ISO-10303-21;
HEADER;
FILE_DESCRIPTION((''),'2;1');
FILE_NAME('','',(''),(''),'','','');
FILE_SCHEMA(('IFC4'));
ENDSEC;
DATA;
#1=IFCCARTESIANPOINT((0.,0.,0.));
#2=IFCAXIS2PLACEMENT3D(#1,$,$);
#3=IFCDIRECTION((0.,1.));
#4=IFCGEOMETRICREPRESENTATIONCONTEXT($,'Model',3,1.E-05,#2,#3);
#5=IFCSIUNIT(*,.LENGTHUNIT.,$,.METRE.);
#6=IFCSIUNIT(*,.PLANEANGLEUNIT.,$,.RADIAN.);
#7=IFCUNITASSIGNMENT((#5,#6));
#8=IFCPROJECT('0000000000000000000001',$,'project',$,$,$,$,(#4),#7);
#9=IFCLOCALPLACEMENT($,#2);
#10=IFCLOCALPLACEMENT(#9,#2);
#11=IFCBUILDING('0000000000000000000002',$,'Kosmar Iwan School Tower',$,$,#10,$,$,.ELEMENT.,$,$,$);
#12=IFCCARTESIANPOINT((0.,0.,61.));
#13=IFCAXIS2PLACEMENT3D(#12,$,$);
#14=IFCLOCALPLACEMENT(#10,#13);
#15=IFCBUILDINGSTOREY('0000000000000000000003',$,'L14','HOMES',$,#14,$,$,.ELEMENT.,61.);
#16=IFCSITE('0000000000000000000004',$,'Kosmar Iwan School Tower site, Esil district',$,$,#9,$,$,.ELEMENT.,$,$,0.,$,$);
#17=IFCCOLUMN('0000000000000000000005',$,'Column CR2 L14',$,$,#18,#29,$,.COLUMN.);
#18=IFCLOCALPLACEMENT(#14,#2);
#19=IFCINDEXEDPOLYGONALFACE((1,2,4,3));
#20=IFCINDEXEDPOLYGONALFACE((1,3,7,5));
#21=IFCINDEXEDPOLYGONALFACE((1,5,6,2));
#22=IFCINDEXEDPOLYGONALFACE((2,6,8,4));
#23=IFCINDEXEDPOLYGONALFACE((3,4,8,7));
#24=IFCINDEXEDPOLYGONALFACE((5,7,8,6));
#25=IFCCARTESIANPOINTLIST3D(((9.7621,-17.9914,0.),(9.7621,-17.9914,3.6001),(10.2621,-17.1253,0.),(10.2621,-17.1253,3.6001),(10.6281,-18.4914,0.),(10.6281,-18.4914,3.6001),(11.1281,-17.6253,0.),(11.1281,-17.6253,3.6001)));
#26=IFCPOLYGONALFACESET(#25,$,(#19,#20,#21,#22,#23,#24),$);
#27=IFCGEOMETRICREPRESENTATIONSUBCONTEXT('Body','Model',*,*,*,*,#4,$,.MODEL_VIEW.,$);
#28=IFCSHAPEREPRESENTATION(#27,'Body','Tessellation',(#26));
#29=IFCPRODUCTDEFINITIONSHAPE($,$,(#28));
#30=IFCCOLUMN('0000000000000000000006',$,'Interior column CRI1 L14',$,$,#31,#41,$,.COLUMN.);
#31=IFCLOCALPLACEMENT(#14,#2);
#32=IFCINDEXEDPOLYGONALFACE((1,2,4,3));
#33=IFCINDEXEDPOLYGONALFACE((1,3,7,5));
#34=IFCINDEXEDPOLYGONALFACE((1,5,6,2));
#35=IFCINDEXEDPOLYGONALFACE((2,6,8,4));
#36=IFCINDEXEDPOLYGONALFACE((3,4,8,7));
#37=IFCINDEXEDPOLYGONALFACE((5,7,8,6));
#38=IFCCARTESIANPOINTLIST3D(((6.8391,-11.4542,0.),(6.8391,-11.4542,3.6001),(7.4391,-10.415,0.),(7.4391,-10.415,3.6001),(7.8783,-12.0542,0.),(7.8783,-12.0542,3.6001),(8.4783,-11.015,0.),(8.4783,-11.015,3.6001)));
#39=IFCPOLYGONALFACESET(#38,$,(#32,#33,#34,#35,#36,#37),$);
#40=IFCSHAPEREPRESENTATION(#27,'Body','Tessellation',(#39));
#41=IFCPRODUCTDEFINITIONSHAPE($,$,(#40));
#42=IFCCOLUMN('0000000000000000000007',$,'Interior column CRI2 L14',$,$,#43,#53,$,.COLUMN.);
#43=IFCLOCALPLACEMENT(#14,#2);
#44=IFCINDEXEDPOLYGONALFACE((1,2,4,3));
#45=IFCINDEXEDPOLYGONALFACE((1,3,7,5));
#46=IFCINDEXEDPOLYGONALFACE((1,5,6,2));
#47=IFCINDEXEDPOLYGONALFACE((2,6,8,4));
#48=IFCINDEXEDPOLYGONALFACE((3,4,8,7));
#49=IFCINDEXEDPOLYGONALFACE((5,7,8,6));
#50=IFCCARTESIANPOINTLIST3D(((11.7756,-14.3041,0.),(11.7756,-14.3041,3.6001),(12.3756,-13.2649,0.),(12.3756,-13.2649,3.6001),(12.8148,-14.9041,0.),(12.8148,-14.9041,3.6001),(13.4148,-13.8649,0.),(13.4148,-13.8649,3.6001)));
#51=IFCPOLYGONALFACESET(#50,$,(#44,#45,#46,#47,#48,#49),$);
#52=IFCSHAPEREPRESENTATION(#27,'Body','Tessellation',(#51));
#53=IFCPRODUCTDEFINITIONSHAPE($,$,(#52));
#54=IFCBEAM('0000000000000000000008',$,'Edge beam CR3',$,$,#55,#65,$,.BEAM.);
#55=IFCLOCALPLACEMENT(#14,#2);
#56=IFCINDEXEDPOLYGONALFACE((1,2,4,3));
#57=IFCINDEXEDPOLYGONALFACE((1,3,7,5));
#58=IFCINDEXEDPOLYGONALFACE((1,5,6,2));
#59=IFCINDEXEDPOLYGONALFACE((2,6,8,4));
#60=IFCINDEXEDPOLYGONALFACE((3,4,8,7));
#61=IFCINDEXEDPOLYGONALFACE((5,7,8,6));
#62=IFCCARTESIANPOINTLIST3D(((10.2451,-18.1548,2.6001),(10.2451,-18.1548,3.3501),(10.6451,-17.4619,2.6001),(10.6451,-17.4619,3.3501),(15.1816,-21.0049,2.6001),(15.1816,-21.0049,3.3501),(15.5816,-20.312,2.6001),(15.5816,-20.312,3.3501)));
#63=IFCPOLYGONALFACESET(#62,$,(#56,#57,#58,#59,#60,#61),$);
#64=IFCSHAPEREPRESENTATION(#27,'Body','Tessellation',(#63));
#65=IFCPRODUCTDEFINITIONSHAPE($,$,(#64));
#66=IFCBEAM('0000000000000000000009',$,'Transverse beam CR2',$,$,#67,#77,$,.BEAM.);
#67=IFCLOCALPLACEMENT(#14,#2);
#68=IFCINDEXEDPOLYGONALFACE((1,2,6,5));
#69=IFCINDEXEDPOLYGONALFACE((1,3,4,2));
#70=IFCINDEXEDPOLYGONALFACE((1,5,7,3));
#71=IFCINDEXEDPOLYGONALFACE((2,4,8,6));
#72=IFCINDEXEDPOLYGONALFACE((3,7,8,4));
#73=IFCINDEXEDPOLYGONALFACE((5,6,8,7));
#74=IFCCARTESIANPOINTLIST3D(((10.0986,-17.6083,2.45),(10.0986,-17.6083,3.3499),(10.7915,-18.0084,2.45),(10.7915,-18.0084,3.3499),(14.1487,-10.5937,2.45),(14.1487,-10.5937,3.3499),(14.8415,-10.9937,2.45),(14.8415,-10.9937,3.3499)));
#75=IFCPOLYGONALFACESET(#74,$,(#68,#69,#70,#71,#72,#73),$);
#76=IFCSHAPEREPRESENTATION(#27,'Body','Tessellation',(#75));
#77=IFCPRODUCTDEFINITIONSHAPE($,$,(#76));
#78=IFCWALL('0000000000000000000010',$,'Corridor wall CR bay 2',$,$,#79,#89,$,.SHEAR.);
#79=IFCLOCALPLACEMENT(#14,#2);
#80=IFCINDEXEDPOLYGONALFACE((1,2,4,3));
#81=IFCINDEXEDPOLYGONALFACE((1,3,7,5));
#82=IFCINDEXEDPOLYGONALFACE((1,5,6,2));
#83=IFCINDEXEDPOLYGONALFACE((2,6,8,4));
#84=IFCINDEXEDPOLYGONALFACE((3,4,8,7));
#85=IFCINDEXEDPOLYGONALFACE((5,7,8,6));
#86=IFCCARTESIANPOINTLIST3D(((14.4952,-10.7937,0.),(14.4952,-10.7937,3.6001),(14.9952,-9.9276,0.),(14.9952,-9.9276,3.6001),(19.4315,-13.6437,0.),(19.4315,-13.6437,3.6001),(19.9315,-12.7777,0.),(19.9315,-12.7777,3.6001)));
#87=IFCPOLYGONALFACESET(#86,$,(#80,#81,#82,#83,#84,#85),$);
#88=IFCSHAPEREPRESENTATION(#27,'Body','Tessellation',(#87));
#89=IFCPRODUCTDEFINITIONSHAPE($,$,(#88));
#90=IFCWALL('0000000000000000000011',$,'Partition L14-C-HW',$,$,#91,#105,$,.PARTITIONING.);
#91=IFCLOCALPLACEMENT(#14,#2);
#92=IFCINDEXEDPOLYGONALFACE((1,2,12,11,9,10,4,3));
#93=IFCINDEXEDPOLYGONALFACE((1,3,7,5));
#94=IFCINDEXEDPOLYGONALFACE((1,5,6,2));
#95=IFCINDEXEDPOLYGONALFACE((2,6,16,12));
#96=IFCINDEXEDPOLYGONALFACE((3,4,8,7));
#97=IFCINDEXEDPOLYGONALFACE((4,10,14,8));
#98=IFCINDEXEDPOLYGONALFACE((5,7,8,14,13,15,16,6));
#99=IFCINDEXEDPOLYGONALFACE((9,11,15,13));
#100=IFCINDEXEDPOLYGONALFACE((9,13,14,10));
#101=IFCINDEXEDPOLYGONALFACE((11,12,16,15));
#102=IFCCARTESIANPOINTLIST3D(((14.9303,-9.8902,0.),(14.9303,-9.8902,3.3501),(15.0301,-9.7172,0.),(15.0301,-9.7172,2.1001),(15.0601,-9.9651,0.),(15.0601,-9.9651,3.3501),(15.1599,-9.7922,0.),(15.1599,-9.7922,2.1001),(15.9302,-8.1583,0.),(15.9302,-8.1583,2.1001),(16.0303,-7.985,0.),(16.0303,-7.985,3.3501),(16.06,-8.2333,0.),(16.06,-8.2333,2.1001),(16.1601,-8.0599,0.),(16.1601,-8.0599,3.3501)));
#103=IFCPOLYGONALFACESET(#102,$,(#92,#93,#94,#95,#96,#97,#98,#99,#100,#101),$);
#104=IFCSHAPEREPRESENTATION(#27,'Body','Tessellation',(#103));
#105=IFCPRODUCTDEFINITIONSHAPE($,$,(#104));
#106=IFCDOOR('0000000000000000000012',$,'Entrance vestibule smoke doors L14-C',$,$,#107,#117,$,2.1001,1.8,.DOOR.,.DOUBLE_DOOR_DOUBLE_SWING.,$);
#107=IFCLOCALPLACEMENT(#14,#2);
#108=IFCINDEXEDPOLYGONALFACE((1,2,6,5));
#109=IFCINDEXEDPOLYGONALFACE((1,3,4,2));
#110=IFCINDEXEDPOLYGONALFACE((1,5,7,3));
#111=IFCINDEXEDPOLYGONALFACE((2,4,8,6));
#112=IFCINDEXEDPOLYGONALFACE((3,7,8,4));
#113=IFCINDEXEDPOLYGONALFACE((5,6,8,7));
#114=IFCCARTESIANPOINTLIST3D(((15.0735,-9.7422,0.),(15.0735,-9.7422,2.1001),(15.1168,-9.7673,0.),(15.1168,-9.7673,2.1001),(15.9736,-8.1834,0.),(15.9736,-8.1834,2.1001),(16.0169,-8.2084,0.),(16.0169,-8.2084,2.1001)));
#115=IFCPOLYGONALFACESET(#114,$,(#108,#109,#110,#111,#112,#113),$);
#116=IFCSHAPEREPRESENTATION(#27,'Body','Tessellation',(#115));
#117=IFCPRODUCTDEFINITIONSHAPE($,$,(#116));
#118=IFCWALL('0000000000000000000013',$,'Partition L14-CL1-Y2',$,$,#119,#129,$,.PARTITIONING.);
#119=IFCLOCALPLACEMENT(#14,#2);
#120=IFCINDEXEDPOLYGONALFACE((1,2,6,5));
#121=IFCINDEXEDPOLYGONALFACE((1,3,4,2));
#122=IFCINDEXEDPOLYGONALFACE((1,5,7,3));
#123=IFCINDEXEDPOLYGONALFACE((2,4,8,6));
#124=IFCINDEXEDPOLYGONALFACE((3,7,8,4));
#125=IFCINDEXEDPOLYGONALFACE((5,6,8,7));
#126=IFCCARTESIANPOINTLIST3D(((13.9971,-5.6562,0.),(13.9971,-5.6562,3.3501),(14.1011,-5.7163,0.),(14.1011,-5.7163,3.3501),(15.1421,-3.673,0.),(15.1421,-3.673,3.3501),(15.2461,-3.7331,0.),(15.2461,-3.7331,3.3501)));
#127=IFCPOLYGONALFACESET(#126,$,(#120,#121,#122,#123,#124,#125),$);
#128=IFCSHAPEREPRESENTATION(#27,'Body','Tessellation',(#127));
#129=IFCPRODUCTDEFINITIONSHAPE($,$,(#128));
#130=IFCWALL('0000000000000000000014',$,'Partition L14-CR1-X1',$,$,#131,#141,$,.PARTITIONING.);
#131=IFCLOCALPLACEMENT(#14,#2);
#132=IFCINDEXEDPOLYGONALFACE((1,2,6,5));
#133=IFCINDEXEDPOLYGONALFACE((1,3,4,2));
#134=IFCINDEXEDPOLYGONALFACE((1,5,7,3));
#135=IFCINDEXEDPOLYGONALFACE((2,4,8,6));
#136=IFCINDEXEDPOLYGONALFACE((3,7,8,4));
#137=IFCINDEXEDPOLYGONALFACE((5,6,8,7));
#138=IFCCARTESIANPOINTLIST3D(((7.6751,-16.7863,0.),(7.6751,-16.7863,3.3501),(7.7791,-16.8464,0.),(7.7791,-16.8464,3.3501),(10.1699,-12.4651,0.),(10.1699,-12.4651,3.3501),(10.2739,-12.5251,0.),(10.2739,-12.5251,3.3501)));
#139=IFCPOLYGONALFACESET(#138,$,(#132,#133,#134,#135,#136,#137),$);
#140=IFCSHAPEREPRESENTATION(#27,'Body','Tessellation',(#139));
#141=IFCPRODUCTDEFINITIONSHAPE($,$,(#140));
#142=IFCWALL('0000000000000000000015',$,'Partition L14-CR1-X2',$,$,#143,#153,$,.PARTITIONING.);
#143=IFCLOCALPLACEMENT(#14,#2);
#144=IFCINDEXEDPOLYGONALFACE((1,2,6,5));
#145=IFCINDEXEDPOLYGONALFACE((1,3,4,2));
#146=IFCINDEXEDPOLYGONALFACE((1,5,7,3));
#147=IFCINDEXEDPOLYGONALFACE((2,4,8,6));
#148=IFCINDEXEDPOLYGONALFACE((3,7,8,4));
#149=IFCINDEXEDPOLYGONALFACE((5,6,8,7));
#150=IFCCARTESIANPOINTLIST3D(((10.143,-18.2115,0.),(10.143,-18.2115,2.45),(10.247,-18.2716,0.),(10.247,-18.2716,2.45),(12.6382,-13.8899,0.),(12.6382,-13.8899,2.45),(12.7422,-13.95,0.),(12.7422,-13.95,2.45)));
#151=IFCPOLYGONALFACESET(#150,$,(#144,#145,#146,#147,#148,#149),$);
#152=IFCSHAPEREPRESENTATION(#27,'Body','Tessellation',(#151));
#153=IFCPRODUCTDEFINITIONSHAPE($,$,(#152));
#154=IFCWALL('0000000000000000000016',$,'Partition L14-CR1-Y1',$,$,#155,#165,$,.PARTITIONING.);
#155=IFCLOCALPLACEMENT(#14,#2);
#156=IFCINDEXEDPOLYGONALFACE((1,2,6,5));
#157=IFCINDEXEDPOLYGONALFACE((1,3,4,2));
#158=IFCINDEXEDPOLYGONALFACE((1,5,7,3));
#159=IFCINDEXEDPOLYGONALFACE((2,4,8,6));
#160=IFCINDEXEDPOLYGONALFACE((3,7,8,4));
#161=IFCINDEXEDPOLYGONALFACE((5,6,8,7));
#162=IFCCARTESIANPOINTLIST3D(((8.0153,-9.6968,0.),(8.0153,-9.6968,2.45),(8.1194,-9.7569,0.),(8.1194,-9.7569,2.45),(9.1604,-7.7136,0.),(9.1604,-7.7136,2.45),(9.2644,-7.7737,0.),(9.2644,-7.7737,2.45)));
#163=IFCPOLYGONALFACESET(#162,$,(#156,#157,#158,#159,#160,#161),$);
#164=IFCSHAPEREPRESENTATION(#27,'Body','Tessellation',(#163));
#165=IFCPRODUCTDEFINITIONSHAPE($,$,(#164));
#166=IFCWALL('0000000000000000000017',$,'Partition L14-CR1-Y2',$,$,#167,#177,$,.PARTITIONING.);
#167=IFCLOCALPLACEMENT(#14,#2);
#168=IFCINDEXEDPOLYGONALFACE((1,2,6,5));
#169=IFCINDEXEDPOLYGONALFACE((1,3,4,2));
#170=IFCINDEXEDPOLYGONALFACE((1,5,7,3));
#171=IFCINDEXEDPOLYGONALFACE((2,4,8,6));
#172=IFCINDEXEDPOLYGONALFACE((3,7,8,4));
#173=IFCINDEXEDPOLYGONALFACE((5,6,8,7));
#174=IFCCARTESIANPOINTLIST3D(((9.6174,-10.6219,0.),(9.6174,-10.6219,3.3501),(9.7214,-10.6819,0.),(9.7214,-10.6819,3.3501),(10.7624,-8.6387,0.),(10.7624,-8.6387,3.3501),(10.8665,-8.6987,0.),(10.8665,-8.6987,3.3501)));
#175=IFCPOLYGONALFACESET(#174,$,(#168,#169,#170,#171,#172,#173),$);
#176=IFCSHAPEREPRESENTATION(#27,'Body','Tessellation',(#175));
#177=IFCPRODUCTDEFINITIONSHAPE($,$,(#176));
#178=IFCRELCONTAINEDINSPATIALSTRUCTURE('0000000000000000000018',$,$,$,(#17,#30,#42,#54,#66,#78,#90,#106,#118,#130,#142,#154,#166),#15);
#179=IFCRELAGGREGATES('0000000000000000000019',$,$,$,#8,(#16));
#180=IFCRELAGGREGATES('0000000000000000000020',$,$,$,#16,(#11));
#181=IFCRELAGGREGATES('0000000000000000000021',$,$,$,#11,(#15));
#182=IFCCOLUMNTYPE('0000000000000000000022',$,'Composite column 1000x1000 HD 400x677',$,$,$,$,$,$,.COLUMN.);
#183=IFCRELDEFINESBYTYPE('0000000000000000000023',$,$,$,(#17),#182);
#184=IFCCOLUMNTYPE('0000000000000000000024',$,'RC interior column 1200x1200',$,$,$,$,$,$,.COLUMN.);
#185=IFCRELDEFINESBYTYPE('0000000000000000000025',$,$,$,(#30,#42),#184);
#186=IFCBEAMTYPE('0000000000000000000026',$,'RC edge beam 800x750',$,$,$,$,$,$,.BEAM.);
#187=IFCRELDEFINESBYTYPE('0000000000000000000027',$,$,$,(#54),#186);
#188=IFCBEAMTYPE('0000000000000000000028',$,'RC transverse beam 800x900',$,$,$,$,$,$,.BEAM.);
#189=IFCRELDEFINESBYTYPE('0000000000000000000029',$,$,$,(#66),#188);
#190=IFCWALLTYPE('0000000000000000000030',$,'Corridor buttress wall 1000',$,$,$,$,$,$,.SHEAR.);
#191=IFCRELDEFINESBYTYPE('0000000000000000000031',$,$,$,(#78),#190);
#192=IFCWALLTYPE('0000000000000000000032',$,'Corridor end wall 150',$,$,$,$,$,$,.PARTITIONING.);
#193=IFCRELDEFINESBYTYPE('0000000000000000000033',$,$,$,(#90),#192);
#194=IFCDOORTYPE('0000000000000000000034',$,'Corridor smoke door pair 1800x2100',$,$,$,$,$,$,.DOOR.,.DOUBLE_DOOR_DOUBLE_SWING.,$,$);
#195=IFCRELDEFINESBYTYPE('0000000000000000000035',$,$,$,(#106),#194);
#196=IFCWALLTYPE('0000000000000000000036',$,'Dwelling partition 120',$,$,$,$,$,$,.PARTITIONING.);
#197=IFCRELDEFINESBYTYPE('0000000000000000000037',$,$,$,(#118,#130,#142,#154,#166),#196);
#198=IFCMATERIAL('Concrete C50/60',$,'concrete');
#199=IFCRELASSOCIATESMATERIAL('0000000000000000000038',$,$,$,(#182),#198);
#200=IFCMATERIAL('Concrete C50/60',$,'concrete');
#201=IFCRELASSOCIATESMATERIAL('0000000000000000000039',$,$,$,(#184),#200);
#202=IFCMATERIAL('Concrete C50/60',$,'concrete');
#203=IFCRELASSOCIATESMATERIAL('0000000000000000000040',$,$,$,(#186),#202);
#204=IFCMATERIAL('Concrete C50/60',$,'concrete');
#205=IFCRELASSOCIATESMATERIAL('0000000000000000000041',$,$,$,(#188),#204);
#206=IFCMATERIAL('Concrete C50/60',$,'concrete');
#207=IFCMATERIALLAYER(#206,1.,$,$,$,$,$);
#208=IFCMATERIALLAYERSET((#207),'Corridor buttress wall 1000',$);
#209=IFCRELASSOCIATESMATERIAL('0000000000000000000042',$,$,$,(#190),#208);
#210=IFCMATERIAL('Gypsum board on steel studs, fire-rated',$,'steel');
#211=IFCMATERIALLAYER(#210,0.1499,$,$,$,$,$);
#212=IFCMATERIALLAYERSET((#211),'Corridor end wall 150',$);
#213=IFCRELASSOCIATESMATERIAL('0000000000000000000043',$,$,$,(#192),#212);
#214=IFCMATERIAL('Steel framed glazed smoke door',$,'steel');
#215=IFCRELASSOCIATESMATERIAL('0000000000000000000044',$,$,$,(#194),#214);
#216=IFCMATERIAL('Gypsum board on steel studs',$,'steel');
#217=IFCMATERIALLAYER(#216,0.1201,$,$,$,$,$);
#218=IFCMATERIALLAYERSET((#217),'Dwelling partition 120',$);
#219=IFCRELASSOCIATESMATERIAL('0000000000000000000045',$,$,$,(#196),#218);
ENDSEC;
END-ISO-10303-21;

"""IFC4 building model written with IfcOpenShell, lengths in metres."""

from ifc_helpers import new_model, si_unit, direction, frame, frame_2d, origin, origin_2d, place, context, subcontext, project, spatial, rectangle, extrude, material, layer, layer_set, material_profile, profile_set, type_object, element, fill, save


model = new_model("IFC4")

# Units and contexts
model_context = context("Model", 3, precision=1e-05, world=origin(), true_north=direction((0.0, 1.0)))
body_context = subcontext(model_context, "Body", "Model", "MODEL_VIEW")
ifc_project = project(units=[si_unit("LENGTHUNIT", "METRE"), si_unit("PLANEANGLEUNIT", "RADIAN")], contexts=[model_context])

# Site, building, storey
site_placement = place(None, origin())
site = spatial("IfcSite", under=ifc_project, at=site_placement, Name="Kosmar Iwan School Tower site, Esil district", CompositionType="ELEMENT", RefElevation=0.0)
building_placement = place(site_placement, origin())
building = spatial("IfcBuilding", under=site, at=building_placement, Name="Kosmar Iwan School Tower", CompositionType="ELEMENT")
storey_placement = place(building_placement, frame((0.0, 0.0, 61.0)))
storey = spatial("IfcBuildingStorey", under=building, at=storey_placement, Name="L14", Description="HOMES", CompositionType="ELEMENT", Elevation=61.0)

# Columns
ifc_material_1 = material(Name="Concrete C50/60", Category="concrete")
ifc_material_profile_1 = material_profile(ifc_material_1, rectangle(XDim=1.0, YDim=1.0, at=origin_2d()), Name="RC 1000x1000 + HD 400x677")
ifc_profile_set_1 = profile_set([ifc_material_profile_1], Name="Concrete C50/60")
column_type_1 = type_object("IfcColumnType", Name="Composite column 1000x1000 HD 400x677", PredefinedType="COLUMN", material=ifc_profile_set_1)
column_placement = place(storey_placement, frame((10.4451, -17.8083, 0.0), z_axis=(0.0, 0.0, 1.0), x_axis=(0.866025, -0.5, 0.0)))
element("IfcColumn", 1, at=column_placement, inside=storey, type_object=column_type_1, Name="Column CR2 L14", PredefinedType="COLUMN", context=body_context, shape_type="SweptSolid", body=[
    extrude(rectangle(XDim=1.0, YDim=1.0, at=origin_2d()), origin(), (0.0, 0.0, 1.0), 3.6001),
])
ifc_material_2 = material(Name="Concrete C50/60", Category="concrete")
ifc_material_profile_2 = material_profile(ifc_material_2, rectangle(XDim=1.2, YDim=1.2, at=origin_2d()), Name="RC 1200x1200")
ifc_profile_set_2 = profile_set([ifc_material_profile_2], Name="Concrete C50/60")
column_type_2 = type_object("IfcColumnType", Name="RC interior column 1200x1200", PredefinedType="COLUMN", material=ifc_profile_set_2)
for number, where, z_axis, x_axis, name in (
    (2, (7.6587, -11.2346, 0.0), (0.0, 0.0, 1.0), (0.866025, -0.5, 0.0), "Interior column CRI1 L14"),
    (3, (12.5952, -14.0845, 0.0), (0.0, 0.0, 1.0), (0.866025, -0.5, 0.0), "Interior column CRI2 L14"),
):
    element("IfcColumn", number, at=place(storey_placement, frame(where, z_axis=z_axis, x_axis=x_axis)), inside=storey, type_object=column_type_2, Name=name, PredefinedType="COLUMN", context=body_context, shape_type="SweptSolid", body=[
        extrude(rectangle(XDim=1.2, YDim=1.2, at=origin_2d()), origin(), (0.0, 0.0, 1.0), 3.6001),
    ])

# Beams
ifc_material_3 = material(Name="Concrete C50/60", Category="concrete")
ifc_material_profile_3 = material_profile(ifc_material_3, rectangle(XDim=0.8, YDim=0.75, at=origin_2d()), Name="RC 800x750")
ifc_profile_set_3 = profile_set([ifc_material_profile_3], Name="Concrete C50/60")
beam_type_1 = type_object("IfcBeamType", Name="RC edge beam 800x750", PredefinedType="BEAM", material=ifc_profile_set_3)
beam_1_placement = place(storey_placement, frame((10.4451, -17.8083, 2.9751), z_axis=(0.866026, -0.499999, 0.0), x_axis=(0.499999, 0.866026, 0.0)))
element("IfcBeam", 4, at=beam_1_placement, inside=storey, type_object=beam_type_1, Name="Edge beam CR3", PredefinedType="BEAM", context=body_context, shape_type="SweptSolid", body=[
    extrude(rectangle(XDim=0.8, YDim=0.75, at=origin_2d()), origin(), (0.0, 0.0, 1.0), 5.7002),
])
ifc_material_4 = material(Name="Concrete C50/60", Category="concrete")
ifc_material_profile_4 = material_profile(ifc_material_4, rectangle(XDim=0.8, YDim=0.8999, at=origin_2d()), Name="RC 800x900")
ifc_profile_set_4 = profile_set([ifc_material_profile_4], Name="Concrete C50/60")
beam_type_2 = type_object("IfcBeamType", Name="RC transverse beam 800x900", PredefinedType="BEAM", material=ifc_profile_set_4)
beam_2_placement = place(storey_placement, frame((10.4451, -17.8083, 2.8999), z_axis=(0.500013, 0.866018, 0.0), x_axis=(-0.866018, 0.500013, 0.0)))
element("IfcBeam", 5, at=beam_2_placement, inside=storey, type_object=beam_type_2, Name="Transverse beam CR2", PredefinedType="BEAM", context=body_context, shape_type="SweptSolid", body=[
    extrude(rectangle(XDim=0.8, YDim=0.8999, at=origin_2d()), origin(), (0.0, 0.0, 1.0), 8.0999),
])

# Wall
ifc_material_5 = material(Name="Concrete C50/60", Category="concrete")
ifc_layer_1 = layer(ifc_material_5, 1.0)
ifc_layer_set_1 = layer_set([ifc_layer_1], Name="Corridor buttress wall 1000")
wall_type_1 = type_object("IfcWallType", Name="Corridor buttress wall 1000", PredefinedType="SHEAR", material=ifc_layer_set_1)
wall_1_placement = place(storey_placement, frame((14.7451, -10.3606, 0.0), z_axis=(0.0, 0.0, 1.0), x_axis=(0.866015, -0.500018, 0.0)))
element("IfcWall", 6, at=wall_1_placement, inside=storey, type_object=wall_type_1, Name="Corridor wall CR bay 2", PredefinedType="SHEAR", context=body_context, shape_type="SweptSolid", body=[
    extrude(rectangle(XDim=5.7, YDim=1.0, at=frame_2d((2.8501, 0.0))), origin(), (0.0, 0.0, 1.0), 3.6001),
])

# Wall, opening, door
ifc_material_6 = material(Name="Gypsum board on steel studs, fire-rated", Category="steel")
ifc_layer_2 = layer(ifc_material_6, 0.1499)
ifc_layer_set_2 = layer_set([ifc_layer_2], Name="Corridor end wall 150")
wall_type_2 = type_object("IfcWallType", Name="Corridor end wall 150", PredefinedType="PARTITIONING", material=ifc_layer_set_2)
wall_2_placement = place(storey_placement, frame((14.9951, -9.9277, 0.0), z_axis=(0.0, 0.0, 1.0), x_axis=(0.50003, 0.866008, 0.0)))
wall_2 = element("IfcWall", 7, at=wall_2_placement, inside=storey, type_object=wall_type_2, Name="Partition L14-C-HW", PredefinedType="PARTITIONING", context=body_context, shape_type="SweptSolid", body=[
    extrude(rectangle(XDim=2.2, YDim=0.1499, at=frame_2d((1.1001, 0.0))), origin(), (0.0, 0.0, 1.0), 3.3501),
])
opening_placement = place(wall_2_placement, frame((0.2, 0.0, 0.0)))
opening = element("IfcOpeningElement", 8, at=opening_placement, cuts=wall_2, PredefinedType="OPENING", context=body_context, shape_type="SweptSolid", body=[
    extrude(rectangle(XDim=1.8, YDim=2.1001, at=frame_2d((0.8999, 1.05))), frame((0.0, 0.0869, 0.0), z_axis=(0.0, -1.0, 0.0), x_axis=(1.0, 0.0, 0.0)), (0.0, 0.0, 1.0), 0.1738),
])
ifc_material_7 = material(Name="Steel framed glazed smoke door", Category="steel")
door_type = type_object("IfcDoorType", Name="Corridor smoke door pair 1800x2100", OperationType="DOUBLE_DOOR_DOUBLE_SWING", PredefinedType="DOOR", material=ifc_material_7)
door_placement = place(opening_placement, origin())
door = element("IfcDoor", 9, at=door_placement, inside=storey, type_object=door_type, Name="Entrance vestibule smoke doors L14-C", OperationType="DOUBLE_DOOR_DOUBLE_SWING", OverallHeight=2.1001, OverallWidth=1.8, PredefinedType="DOOR", context=body_context, shape_type="SweptSolid", body=[
    extrude(rectangle(XDim=1.8, YDim=2.1001, at=frame_2d((0.8999, 1.05))), frame((0.0, 0.0249, 0.0), z_axis=(0.0, -1.0, 0.0), x_axis=(1.0, 0.0, 0.0)), (0.0, 0.0, 1.0), 0.05),
])
fill(opening, door)

# Walls
ifc_material_8 = material(Name="Gypsum board on steel studs", Category="steel")
ifc_layer_3 = layer(ifc_material_8, 0.1201)
ifc_layer_set_3 = layer_set([ifc_layer_3], Name="Dwelling partition 120")
wall_type_3 = type_object("IfcWallType", Name="Dwelling partition 120", PredefinedType="PARTITIONING", material=ifc_layer_set_3)
wall_3_placement = place(storey_placement, frame((14.0491, -5.6863, 0.0), z_axis=(0.0, 0.0, 1.0), x_axis=(0.500015, 0.866017, 0.0)))
element("IfcWall", 10, at=wall_3_placement, inside=storey, type_object=wall_type_3, Name="Partition L14-CL1-Y2", PredefinedType="PARTITIONING", context=body_context, shape_type="SweptSolid", body=[
    extrude(rectangle(XDim=2.29, YDim=0.1201, at=frame_2d((1.145, 0.0))), origin(), (0.0, 0.0, 1.0), 3.3501),
])
wall_4_placement = place(storey_placement, frame((10.2219, -12.4951, 0.0), z_axis=(0.0, 0.0, 1.0), x_axis=(-0.499996, -0.866028, 0.0)))
element("IfcWall", 11, at=wall_4_placement, inside=storey, type_object=wall_type_3, Name="Partition L14-CR1-X1", PredefinedType="PARTITIONING", context=body_context, shape_type="SweptSolid", body=[
    extrude(rectangle(XDim=4.9897, YDim=0.1201, at=frame_2d((2.4949, 0.0))), origin(), (0.0, 0.0, 1.0), 3.3501),
])
wall_5_placement = place(storey_placement, frame((12.6902, -13.9199, 0.0), z_axis=(0.0, 0.0, 1.0), x_axis=(-0.500012, -0.866019, 0.0)))
element("IfcWall", 12, at=wall_5_placement, inside=storey, type_object=wall_type_3, Name="Partition L14-CR1-X2", PredefinedType="PARTITIONING", context=body_context, shape_type="SweptSolid", body=[
    extrude(rectangle(XDim=4.9902, YDim=0.1201, at=frame_2d((2.4951, 0.0))), origin(), (0.0, 0.0, 1.0), 2.45),
])
wall_6_placement = place(storey_placement, frame((9.2124, -7.7437, 0.0), z_axis=(0.0, 0.0, 1.0), x_axis=(-0.500015, -0.866017, 0.0)))
element("IfcWall", 13, at=wall_6_placement, inside=storey, type_object=wall_type_3, Name="Partition L14-CR1-Y1", PredefinedType="PARTITIONING", context=body_context, shape_type="SweptSolid", body=[
    extrude(rectangle(XDim=2.29, YDim=0.1201, at=frame_2d((1.145, 0.0))), origin(), (0.0, 0.0, 1.0), 2.45),
])
for number, where, z_axis, x_axis, name in (
    (14, (10.8145, -8.6687, 0.0), (0.0, 0.0, 1.0), (-0.500015, -0.866017, 0.0), "Partition L14-CR1-Y2"),
):
    element("IfcWall", number, at=place(storey_placement, frame(where, z_axis=z_axis, x_axis=x_axis)), inside=storey, type_object=wall_type_3, Name=name, PredefinedType="PARTITIONING", context=body_context, shape_type="SweptSolid", body=[
        extrude(rectangle(XDim=2.29, YDim=0.1201, at=frame_2d((1.145, 0.0))), origin(), (0.0, 0.0, 1.0), 3.3501),
    ])

save(model, "model.ifc")
